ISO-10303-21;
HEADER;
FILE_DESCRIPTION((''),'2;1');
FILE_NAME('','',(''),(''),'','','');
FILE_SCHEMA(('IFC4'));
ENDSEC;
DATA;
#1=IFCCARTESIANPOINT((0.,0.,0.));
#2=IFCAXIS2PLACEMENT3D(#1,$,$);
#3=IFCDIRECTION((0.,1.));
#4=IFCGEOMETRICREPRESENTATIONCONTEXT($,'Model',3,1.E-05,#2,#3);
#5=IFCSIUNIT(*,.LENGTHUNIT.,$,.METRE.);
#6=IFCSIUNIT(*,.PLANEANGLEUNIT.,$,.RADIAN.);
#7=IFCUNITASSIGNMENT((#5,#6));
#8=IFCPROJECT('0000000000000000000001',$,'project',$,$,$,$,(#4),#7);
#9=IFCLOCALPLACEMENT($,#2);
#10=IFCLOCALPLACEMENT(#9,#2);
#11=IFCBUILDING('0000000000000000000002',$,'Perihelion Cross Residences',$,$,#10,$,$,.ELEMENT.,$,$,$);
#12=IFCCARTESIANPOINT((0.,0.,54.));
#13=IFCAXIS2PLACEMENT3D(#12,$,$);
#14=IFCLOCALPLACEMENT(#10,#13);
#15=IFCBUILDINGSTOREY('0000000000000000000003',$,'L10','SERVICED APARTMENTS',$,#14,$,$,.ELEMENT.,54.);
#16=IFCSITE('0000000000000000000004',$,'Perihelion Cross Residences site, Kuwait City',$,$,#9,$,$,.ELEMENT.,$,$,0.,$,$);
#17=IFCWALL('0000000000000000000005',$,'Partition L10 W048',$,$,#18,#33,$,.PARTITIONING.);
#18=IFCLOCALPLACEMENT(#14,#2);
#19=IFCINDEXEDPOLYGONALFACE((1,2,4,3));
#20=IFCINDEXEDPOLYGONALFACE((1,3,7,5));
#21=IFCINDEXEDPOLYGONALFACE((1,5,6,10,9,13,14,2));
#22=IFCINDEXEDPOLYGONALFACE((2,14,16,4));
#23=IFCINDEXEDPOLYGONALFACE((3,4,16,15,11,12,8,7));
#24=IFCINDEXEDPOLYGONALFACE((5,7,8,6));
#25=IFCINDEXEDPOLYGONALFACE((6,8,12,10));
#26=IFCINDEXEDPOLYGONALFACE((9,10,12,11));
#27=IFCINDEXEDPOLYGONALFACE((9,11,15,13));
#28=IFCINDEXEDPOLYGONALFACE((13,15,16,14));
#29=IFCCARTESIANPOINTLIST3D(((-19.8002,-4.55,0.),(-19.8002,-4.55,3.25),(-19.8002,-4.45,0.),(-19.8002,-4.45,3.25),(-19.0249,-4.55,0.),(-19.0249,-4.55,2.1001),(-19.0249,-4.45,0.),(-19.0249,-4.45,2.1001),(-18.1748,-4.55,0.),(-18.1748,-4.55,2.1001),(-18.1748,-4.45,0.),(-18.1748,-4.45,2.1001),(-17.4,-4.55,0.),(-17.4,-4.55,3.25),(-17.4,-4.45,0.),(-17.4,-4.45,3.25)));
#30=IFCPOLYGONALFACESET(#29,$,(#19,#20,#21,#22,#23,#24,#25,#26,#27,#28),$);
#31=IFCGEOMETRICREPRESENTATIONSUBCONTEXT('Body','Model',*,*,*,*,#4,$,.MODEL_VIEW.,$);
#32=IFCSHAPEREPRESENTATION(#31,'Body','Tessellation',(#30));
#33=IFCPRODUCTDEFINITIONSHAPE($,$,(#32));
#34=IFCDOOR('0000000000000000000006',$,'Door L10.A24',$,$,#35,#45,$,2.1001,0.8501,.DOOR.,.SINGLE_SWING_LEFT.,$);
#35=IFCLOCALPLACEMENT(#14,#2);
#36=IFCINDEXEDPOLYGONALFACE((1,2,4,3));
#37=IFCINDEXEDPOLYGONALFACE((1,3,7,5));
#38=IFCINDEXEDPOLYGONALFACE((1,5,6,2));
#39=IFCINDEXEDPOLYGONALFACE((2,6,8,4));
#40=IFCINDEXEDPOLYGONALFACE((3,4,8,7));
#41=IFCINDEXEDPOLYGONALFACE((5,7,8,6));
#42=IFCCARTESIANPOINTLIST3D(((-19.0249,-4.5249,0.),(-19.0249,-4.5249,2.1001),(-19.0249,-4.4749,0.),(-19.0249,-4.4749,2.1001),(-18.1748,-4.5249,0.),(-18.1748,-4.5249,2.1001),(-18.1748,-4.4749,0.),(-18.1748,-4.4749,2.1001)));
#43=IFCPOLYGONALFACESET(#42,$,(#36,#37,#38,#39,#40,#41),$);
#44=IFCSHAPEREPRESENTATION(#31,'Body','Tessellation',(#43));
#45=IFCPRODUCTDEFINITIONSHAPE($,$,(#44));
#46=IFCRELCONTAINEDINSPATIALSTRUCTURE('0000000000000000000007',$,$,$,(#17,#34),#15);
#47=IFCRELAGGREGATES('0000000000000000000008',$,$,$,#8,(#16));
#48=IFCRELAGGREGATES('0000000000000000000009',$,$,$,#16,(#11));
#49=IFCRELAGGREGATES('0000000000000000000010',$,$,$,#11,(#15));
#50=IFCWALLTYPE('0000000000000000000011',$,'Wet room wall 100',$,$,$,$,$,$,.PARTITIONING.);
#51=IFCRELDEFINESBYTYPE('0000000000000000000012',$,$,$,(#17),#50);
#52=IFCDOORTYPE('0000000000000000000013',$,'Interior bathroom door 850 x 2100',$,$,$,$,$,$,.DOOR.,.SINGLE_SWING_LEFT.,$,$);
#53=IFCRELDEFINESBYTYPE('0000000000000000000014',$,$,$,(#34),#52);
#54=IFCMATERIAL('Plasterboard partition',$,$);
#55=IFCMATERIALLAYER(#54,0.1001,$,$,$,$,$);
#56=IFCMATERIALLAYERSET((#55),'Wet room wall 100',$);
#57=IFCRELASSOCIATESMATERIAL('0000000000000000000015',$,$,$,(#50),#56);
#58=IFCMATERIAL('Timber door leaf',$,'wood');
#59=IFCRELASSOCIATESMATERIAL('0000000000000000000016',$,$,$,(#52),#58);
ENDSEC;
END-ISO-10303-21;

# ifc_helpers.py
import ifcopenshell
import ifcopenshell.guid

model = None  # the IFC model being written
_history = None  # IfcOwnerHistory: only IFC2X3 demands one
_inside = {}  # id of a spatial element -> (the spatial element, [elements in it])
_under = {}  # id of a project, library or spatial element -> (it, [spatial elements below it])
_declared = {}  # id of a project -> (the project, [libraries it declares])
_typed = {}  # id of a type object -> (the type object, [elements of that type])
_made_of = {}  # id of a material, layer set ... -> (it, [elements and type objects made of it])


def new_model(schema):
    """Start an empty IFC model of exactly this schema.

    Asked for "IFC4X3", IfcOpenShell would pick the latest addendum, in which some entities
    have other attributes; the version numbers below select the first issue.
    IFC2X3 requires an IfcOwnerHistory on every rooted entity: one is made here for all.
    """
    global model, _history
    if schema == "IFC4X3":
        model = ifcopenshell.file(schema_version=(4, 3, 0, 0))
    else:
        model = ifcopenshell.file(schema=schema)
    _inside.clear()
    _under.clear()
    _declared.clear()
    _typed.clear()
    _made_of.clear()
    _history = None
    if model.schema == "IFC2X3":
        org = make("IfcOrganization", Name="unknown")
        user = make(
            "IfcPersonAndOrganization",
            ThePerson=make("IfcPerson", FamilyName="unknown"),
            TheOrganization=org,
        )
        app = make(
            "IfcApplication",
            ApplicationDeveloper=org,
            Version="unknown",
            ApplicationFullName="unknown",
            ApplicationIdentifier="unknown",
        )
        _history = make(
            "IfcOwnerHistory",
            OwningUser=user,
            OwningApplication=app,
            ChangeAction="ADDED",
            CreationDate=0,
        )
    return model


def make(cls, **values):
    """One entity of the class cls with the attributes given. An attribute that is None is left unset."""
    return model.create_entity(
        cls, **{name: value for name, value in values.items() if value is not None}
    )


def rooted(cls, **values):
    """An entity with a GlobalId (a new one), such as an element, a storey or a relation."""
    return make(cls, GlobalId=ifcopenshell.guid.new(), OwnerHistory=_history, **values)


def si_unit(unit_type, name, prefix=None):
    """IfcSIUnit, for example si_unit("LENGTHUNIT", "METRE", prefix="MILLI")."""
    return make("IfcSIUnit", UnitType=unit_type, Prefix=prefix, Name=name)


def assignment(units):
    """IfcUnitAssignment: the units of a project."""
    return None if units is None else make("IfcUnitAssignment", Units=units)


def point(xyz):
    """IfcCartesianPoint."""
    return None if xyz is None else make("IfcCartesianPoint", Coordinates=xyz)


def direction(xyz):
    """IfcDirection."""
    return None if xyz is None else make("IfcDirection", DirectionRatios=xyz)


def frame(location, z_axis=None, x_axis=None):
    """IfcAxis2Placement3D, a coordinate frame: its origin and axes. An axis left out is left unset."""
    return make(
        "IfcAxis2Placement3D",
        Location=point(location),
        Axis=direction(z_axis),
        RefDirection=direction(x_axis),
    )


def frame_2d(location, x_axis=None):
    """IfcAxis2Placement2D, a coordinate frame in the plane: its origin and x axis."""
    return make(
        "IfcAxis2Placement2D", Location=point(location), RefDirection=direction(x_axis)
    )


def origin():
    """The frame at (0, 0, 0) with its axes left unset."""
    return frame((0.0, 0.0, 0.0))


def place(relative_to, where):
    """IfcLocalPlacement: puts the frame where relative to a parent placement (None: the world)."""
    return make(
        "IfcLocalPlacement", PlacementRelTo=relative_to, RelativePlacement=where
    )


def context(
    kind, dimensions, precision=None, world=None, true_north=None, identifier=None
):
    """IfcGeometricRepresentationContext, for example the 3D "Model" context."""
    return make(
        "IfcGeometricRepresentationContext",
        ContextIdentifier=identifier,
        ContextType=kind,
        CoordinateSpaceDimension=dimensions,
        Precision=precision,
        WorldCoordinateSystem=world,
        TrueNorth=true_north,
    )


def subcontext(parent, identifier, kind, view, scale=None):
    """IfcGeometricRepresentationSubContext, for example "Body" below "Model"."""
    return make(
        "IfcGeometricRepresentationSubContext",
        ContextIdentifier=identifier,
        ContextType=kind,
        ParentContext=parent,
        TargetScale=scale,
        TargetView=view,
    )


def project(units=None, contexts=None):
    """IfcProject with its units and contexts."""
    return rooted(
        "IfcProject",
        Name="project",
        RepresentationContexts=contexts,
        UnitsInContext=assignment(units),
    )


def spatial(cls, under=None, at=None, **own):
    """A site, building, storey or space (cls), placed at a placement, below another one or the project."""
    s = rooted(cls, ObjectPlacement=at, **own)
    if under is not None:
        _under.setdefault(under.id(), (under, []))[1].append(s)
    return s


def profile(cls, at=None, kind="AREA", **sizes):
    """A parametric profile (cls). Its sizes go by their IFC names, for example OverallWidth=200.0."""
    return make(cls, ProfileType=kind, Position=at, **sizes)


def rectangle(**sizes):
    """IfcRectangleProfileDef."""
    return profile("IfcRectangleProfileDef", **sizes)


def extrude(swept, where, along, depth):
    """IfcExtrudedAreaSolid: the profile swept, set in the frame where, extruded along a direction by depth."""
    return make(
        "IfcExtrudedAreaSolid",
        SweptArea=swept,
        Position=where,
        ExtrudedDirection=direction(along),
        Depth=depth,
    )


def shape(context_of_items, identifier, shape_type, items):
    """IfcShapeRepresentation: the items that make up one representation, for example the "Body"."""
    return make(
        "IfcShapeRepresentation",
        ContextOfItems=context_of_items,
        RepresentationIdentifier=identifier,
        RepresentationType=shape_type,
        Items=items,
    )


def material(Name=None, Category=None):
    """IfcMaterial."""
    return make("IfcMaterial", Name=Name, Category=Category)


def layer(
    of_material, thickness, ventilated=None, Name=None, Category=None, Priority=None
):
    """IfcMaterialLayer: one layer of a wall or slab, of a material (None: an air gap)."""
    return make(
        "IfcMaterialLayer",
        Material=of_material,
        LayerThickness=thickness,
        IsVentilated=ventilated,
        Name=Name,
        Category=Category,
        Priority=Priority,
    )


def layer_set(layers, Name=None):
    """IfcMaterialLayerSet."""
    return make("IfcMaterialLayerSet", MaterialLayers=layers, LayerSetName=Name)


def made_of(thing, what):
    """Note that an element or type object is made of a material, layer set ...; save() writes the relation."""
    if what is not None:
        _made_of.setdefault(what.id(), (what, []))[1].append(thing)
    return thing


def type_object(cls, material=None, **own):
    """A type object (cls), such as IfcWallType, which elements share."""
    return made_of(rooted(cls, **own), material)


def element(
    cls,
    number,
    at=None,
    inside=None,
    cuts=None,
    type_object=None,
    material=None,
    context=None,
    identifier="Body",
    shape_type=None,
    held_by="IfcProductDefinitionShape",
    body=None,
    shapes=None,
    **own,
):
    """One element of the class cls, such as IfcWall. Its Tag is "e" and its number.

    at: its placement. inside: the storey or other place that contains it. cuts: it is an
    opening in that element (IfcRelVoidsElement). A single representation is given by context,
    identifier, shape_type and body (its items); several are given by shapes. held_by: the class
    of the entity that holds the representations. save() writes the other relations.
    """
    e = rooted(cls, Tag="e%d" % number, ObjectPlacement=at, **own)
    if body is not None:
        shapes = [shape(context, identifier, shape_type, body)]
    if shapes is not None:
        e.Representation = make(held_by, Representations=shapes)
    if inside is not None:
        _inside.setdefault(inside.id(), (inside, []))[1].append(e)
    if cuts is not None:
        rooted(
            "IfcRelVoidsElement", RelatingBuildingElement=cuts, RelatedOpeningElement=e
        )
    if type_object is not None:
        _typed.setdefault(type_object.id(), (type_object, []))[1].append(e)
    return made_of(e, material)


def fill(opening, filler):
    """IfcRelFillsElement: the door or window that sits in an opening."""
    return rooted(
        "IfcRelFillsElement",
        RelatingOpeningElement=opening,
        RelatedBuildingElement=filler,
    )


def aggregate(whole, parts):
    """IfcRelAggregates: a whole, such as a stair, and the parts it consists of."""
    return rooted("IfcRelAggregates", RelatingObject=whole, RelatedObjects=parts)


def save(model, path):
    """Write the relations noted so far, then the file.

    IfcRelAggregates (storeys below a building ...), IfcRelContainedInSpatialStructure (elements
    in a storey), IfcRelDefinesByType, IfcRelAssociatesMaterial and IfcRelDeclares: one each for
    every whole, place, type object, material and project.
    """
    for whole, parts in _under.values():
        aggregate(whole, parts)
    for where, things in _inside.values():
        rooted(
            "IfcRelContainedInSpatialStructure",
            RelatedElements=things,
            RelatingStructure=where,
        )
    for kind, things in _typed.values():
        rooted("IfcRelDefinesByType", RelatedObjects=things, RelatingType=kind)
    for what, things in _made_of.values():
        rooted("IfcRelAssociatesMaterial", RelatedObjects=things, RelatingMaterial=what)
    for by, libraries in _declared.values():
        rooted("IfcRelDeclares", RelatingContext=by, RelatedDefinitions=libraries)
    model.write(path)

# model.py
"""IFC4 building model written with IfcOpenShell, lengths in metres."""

from ifc_helpers import new_model, si_unit, direction, frame, frame_2d, origin, place, context, subcontext, project, spatial, rectangle, extrude, material, layer, layer_set, type_object, element, fill, save


model = new_model("IFC4")

# Units and contexts
model_context = context("Model", 3, precision=1e-05, world=origin(), true_north=direction((0.0, 1.0)))
body_context = subcontext(model_context, "Body", "Model", "MODEL_VIEW")
ifc_project = project(units=[si_unit("LENGTHUNIT", "METRE"), si_unit("PLANEANGLEUNIT", "RADIAN")], contexts=[model_context])

# Site, building, storey
site_placement = place(None, origin())
site = spatial("IfcSite", under=ifc_project, at=site_placement, Name="Perihelion Cross Residences site, Kuwait City", CompositionType="ELEMENT", RefElevation=0.0)
building_placement = place(site_placement, origin())
building = spatial("IfcBuilding", under=site, at=building_placement, Name="Perihelion Cross Residences", CompositionType="ELEMENT")
storey_placement = place(building_placement, frame((0.0, 0.0, 54.0)))
storey = spatial("IfcBuildingStorey", under=building, at=storey_placement, Name="L10", Description="SERVICED APARTMENTS", CompositionType="ELEMENT", Elevation=54.0)

# Shared definitions
ifc_material_1 = material(Name="Plasterboard partition")
ifc_layer_1 = layer(ifc_material_1, 0.1001)
ifc_layer_set_1 = layer_set([ifc_layer_1], Name="Wet room wall 100")
wall_type_1 = type_object("IfcWallType", Name="Wet room wall 100", PredefinedType="PARTITIONING", material=ifc_layer_set_1)

# Wall, opening, door
wall_1_placement = place(storey_placement, frame((-17.3999, -4.5, 0.0), z_axis=(0.0, 0.0, 1.0), x_axis=(-1.0, 0.0, 0.0)))
wall_1 = element("IfcWall", 1, at=wall_1_placement, inside=storey, type_object=wall_type_1, Name="Partition L10 W048", PredefinedType="PARTITIONING", context=body_context, shape_type="SweptSolid", body=[
    extrude(rectangle(XDim=2.4001, YDim=0.1001, at=frame_2d((1.2002, 0.0))), origin(), (0.0, 0.0, 1.0), 3.25),
])
opening_1_placement = place(wall_1_placement, frame((0.7749, 0.0, 0.0)))
opening_1 = element("IfcOpeningElement", 2, at=opening_1_placement, cuts=wall_1, PredefinedType="OPENING", context=body_context, shape_type="SweptSolid", body=[
    extrude(rectangle(XDim=0.8501, YDim=2.1001, at=frame_2d((0.425, 1.05))), frame((0.0, 0.0601, 0.0), z_axis=(0.0, -1.0, 0.0), x_axis=(1.0, 0.0, 0.0)), (0.0, 0.0, 1.0), 0.1201),
])
ifc_material_2 = material(Name="Timber door leaf", Category="wood")
door_type_1 = type_object("IfcDoorType", Name="Interior bathroom door 850 x 2100", OperationType="SINGLE_SWING_LEFT", PredefinedType="DOOR", material=ifc_material_2)
door_1_placement = place(opening_1_placement, origin())
door_1 = element("IfcDoor", 3, at=door_1_placement, inside=storey, type_object=door_type_1, Name="Door L10.A24", OperationType="SINGLE_SWING_LEFT", OverallHeight=2.1001, OverallWidth=0.8501, PredefinedType="DOOR", context=body_context, shape_type="SweptSolid", body=[
    extrude(rectangle(XDim=0.8501, YDim=2.1001, at=frame_2d((0.425, 1.05))), frame((0.0, 0.0249, 0.0), z_axis=(0.0, -1.0, 0.0), x_axis=(1.0, 0.0, 0.0)), (0.0, 0.0, 1.0), 0.05),
])
fill(opening_1, door_1)

save(model, "model.ifc")
